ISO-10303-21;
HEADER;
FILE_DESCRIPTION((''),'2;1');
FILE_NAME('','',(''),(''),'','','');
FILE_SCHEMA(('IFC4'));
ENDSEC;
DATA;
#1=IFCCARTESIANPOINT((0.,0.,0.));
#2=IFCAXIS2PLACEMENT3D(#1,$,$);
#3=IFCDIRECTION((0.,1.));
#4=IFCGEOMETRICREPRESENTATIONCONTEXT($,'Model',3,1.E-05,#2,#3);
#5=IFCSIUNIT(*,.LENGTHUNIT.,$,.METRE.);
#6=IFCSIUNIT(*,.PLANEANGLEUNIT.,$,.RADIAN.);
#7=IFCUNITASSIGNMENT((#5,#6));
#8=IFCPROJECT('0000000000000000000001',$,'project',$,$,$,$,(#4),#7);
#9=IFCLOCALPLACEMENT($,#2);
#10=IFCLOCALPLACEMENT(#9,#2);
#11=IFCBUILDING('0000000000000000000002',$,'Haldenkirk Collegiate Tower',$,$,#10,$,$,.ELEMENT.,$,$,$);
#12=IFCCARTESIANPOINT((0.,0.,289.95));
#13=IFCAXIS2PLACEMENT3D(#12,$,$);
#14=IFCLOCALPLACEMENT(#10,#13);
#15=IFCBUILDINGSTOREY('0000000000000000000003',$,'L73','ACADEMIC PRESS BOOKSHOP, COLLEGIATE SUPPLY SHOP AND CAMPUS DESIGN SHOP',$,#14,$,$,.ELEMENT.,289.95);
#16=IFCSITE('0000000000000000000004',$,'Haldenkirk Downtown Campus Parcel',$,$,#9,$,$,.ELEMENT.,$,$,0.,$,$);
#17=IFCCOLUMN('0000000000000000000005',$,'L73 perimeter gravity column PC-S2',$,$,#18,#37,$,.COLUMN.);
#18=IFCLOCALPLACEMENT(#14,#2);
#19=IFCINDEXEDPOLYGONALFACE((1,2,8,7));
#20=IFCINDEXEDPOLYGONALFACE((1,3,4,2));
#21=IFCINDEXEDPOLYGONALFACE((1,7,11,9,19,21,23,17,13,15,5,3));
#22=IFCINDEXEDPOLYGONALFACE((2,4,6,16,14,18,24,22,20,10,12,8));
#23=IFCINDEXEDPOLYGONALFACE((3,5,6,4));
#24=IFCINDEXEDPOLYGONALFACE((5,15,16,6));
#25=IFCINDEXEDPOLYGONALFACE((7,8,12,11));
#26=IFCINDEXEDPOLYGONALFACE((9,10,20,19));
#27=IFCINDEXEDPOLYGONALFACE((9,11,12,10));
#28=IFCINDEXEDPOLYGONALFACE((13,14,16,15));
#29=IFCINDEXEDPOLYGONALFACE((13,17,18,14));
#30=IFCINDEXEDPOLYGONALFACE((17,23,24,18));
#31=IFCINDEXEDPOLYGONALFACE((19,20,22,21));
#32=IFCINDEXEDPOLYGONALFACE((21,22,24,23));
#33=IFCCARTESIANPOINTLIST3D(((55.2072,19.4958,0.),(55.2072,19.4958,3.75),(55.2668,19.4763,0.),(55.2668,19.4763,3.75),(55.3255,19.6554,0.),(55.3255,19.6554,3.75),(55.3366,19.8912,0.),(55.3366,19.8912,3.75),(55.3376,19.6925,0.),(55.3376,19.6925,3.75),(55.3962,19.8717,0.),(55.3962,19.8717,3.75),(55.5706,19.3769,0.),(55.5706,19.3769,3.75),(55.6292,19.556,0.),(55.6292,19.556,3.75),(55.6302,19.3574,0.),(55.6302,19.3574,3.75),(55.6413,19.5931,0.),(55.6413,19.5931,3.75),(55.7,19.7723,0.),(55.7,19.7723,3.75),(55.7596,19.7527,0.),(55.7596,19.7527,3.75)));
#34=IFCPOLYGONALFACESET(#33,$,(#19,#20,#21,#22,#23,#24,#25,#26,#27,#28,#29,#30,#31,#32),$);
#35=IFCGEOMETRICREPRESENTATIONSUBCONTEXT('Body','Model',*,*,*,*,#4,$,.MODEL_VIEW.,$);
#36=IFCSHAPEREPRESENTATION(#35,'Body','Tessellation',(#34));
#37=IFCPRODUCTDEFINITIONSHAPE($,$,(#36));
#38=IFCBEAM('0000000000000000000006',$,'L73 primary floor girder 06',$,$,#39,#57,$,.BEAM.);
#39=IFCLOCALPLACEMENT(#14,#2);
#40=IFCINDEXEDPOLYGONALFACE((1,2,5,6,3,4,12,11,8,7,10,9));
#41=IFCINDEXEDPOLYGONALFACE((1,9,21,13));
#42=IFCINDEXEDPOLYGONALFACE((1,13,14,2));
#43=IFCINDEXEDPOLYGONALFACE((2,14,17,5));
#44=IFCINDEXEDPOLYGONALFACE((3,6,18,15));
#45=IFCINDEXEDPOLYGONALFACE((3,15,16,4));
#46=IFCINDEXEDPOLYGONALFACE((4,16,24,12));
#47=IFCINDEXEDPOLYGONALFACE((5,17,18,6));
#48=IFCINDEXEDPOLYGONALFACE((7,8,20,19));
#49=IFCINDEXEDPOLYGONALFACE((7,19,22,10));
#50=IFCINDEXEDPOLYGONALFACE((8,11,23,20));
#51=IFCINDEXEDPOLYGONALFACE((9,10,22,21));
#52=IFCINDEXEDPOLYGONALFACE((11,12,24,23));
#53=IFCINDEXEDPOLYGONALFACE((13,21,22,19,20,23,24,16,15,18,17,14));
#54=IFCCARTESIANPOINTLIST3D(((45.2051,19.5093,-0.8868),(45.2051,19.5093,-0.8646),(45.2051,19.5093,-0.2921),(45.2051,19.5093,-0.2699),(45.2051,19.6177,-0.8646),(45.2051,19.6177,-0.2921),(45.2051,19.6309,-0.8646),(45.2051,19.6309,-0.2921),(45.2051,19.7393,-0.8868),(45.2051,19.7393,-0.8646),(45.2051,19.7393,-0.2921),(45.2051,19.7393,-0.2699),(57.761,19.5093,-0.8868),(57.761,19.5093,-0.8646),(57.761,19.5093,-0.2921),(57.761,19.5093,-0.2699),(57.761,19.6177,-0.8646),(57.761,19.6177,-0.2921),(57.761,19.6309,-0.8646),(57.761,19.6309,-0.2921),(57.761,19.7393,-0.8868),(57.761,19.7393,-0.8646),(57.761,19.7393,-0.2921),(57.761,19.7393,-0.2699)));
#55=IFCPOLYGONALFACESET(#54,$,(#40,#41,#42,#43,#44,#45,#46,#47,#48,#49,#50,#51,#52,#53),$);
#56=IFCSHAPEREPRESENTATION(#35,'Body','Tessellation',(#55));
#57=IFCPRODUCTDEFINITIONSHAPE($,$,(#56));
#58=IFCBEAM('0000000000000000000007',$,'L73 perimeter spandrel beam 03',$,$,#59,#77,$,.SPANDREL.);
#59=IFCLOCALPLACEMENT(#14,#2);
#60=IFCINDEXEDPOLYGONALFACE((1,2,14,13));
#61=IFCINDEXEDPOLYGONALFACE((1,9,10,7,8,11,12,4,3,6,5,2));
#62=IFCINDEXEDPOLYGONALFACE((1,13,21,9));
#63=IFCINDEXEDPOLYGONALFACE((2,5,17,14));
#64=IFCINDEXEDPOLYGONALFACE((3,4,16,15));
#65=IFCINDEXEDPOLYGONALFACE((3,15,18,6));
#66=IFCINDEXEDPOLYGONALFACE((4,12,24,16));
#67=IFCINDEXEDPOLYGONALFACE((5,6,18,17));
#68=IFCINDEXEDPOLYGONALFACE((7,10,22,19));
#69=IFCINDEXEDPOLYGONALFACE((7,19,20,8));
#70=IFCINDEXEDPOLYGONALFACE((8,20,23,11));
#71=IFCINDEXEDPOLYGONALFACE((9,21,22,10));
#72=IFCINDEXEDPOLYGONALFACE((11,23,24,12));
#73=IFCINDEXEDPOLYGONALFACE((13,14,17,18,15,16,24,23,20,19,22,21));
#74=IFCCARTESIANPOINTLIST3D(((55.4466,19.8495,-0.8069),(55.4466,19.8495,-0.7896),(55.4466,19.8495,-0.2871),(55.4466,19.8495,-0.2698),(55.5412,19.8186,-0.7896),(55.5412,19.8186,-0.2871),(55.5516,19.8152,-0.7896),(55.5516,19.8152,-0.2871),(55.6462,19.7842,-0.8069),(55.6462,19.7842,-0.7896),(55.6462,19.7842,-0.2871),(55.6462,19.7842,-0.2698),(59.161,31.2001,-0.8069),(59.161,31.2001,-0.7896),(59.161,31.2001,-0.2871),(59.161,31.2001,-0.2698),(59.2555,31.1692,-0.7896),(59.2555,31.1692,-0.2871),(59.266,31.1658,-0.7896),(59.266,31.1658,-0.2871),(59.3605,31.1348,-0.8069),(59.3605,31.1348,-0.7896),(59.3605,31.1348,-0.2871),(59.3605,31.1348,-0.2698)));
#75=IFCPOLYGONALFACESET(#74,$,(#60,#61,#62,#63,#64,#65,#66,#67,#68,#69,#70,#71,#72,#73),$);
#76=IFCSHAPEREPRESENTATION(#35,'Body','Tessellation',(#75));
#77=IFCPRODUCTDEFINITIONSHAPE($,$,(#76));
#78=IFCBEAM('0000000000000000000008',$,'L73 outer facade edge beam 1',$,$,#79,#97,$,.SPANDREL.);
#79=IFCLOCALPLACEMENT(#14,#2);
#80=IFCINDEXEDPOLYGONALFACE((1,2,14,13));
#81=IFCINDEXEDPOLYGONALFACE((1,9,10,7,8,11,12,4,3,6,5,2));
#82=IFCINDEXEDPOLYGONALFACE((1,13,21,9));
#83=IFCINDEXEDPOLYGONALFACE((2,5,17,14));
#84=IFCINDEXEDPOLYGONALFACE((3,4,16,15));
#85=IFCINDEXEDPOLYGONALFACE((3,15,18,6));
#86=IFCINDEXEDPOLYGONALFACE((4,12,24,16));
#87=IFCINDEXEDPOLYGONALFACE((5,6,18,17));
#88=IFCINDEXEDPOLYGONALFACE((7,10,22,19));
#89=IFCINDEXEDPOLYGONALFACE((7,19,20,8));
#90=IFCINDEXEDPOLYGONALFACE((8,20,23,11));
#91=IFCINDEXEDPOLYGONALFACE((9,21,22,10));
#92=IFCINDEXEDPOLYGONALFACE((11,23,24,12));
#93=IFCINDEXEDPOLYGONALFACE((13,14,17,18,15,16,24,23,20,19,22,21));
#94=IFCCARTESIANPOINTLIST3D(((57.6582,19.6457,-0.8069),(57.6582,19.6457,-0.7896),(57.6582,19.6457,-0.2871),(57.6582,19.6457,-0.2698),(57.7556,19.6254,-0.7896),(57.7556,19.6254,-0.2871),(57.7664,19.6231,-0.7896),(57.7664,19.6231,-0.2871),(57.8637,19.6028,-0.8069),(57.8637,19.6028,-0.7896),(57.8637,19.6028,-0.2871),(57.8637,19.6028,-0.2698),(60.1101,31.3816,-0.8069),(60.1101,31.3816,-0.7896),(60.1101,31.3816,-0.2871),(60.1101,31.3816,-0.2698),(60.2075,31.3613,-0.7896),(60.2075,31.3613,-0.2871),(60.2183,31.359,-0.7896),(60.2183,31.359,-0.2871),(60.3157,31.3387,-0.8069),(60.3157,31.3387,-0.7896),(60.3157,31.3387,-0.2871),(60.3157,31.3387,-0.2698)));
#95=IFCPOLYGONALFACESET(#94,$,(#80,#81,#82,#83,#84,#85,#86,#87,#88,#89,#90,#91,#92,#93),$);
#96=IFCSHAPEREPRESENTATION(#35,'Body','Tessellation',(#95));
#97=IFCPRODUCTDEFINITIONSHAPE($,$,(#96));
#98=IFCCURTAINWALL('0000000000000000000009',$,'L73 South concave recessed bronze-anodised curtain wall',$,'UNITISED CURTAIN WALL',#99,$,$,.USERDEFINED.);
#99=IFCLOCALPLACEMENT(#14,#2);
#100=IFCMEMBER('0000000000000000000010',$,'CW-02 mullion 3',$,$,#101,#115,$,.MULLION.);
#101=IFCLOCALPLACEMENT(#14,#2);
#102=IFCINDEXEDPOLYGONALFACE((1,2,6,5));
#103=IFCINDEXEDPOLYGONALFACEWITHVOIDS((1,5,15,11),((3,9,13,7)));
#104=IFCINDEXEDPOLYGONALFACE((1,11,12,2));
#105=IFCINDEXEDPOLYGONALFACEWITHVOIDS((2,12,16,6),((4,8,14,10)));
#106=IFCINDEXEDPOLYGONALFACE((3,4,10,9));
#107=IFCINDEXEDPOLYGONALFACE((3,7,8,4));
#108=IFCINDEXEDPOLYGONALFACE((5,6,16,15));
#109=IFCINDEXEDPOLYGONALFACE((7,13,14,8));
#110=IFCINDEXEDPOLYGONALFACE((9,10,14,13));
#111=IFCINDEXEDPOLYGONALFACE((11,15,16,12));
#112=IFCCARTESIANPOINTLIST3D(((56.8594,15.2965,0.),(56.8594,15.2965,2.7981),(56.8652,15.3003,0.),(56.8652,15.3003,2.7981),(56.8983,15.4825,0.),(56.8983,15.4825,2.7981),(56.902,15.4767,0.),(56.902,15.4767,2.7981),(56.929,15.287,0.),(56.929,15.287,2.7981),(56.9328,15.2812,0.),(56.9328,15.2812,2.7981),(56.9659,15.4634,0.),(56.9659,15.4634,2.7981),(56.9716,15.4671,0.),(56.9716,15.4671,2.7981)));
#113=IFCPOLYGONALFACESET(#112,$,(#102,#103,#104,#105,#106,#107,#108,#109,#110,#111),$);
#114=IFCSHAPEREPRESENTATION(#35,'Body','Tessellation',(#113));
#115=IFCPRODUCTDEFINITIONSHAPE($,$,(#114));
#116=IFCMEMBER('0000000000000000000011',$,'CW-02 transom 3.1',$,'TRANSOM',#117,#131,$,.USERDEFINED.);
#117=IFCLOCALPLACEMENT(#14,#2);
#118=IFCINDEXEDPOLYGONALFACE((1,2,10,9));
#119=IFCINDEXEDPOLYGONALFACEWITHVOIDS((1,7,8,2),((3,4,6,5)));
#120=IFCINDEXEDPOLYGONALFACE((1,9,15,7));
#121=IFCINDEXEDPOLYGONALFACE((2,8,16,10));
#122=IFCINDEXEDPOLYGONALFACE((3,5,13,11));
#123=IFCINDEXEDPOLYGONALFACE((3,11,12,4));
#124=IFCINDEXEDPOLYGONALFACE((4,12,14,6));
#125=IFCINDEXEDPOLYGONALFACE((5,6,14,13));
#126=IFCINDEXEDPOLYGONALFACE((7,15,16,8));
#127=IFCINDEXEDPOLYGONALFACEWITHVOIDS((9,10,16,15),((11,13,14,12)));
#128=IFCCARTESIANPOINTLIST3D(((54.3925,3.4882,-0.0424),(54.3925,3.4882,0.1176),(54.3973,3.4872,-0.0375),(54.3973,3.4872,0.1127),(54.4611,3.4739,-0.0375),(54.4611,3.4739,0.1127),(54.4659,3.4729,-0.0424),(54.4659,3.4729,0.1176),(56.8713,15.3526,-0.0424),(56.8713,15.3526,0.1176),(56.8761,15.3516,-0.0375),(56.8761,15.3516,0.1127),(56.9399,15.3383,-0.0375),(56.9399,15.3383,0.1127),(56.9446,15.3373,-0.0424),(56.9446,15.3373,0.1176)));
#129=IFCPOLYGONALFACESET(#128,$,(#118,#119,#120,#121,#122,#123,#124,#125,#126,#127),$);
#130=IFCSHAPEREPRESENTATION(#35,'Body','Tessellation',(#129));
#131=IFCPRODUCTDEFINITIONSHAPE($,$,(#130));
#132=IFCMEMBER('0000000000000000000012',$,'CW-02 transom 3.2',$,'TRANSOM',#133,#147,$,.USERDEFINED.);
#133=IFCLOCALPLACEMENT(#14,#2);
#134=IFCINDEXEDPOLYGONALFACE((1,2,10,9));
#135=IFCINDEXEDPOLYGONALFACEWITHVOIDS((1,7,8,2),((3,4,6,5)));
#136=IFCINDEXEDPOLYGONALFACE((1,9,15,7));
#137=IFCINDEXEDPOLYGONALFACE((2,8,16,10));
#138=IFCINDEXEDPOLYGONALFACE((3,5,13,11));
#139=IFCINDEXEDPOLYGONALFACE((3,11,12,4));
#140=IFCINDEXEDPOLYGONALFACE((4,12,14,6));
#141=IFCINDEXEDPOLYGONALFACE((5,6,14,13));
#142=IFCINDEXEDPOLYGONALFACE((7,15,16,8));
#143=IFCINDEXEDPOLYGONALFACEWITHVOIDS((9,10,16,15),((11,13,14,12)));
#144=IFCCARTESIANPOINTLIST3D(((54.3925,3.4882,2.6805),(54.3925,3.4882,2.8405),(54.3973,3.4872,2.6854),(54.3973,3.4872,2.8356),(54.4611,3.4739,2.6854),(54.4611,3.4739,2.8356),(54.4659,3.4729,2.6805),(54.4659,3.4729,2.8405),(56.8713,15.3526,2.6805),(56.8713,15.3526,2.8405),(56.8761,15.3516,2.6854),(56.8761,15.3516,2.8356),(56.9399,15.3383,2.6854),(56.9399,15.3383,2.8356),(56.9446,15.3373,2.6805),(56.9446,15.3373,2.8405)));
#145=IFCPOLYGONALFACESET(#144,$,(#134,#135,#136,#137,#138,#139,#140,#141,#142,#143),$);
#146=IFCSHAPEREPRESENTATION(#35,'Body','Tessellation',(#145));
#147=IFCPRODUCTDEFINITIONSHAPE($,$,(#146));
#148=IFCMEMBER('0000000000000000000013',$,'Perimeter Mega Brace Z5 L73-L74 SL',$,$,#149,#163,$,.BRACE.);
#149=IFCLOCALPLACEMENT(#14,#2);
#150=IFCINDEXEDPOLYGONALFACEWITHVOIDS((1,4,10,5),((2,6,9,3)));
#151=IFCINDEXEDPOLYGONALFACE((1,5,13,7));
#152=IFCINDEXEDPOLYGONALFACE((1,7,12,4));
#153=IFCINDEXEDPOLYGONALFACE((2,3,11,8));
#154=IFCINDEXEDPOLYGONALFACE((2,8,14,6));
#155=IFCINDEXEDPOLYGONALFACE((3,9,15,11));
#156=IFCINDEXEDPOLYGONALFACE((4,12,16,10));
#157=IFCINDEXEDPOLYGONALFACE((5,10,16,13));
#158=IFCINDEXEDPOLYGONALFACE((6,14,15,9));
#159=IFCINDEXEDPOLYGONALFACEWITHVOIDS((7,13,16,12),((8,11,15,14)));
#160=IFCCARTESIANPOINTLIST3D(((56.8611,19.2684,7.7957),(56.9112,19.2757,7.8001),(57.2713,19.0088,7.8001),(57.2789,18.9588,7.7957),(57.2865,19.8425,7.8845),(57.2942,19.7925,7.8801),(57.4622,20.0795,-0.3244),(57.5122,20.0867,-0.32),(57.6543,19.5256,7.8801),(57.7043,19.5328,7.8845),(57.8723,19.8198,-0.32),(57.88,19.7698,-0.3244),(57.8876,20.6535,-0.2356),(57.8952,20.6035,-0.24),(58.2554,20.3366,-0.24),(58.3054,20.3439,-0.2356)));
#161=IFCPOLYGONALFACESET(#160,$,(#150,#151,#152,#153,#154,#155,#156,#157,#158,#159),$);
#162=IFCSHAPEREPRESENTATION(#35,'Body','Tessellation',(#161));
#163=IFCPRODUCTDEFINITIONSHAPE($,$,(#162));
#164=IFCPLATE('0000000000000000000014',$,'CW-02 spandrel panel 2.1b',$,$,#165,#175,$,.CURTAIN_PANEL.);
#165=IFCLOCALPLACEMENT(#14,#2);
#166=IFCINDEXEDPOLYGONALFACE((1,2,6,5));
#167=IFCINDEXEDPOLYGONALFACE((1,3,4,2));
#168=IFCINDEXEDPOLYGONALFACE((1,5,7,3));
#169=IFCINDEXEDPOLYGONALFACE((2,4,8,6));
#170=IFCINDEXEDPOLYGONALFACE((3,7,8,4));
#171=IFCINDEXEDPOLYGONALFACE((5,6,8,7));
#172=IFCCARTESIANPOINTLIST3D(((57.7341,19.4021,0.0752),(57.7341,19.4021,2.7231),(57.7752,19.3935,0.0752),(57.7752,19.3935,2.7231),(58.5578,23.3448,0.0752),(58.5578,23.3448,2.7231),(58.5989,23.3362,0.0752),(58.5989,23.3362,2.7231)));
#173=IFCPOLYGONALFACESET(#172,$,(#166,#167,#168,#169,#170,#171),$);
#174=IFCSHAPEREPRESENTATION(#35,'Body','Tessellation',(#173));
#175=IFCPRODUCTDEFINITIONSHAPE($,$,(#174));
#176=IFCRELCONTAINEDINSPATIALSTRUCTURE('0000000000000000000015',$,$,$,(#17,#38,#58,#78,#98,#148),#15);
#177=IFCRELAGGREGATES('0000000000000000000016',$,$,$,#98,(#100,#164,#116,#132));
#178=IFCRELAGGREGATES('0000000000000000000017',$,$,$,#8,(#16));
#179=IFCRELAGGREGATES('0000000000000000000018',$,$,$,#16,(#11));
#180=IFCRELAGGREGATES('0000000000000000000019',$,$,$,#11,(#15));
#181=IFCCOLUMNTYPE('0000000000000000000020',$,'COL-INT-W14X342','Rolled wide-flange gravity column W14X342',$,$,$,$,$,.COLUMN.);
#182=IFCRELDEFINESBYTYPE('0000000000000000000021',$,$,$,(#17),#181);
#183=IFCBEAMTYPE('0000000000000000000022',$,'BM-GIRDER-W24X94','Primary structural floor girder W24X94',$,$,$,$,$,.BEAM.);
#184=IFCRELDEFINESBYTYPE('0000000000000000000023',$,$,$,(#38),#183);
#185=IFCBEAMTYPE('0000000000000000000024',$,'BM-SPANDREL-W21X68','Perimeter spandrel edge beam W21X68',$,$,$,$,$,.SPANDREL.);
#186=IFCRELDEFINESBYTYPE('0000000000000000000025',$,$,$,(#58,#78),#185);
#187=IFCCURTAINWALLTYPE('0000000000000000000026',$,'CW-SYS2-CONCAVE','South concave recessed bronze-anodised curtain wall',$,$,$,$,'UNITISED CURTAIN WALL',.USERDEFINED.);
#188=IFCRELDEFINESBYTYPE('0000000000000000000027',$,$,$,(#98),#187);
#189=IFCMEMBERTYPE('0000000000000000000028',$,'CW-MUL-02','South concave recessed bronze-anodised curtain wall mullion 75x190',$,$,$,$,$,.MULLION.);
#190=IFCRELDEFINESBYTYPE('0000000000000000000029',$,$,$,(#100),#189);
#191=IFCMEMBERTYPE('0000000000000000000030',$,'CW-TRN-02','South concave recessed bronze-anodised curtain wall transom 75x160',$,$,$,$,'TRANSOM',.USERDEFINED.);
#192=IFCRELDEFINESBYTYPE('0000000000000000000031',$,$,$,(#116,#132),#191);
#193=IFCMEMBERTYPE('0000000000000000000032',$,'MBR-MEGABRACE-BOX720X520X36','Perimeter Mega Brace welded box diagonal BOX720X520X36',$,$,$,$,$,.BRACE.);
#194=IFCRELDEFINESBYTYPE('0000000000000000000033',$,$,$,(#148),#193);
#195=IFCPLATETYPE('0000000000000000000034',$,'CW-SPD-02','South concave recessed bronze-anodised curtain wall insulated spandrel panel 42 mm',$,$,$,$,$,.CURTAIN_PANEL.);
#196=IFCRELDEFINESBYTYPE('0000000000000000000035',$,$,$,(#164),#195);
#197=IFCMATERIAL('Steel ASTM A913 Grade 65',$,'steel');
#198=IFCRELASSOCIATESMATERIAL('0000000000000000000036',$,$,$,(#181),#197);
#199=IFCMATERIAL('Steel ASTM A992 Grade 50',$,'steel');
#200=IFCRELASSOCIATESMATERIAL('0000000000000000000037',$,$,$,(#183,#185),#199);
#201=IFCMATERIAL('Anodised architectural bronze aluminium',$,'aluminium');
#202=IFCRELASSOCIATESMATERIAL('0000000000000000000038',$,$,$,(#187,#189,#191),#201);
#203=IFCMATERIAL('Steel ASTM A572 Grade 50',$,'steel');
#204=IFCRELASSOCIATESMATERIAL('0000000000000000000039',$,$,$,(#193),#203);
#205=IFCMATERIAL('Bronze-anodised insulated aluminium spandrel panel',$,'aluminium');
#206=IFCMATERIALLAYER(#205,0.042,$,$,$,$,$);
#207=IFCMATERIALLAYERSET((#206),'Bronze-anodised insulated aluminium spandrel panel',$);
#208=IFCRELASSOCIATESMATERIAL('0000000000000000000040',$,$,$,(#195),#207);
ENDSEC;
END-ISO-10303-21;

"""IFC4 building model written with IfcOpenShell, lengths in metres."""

from ifc_helpers import new_model, si_unit, direction, frame, origin, origin_2d, place, context, subcontext, project, spatial, rectangle, hollow_rectangle, i_section, extrude, source, transform, mapped, material, layer, layer_set, material_profile, profile_set, type_object, element, aggregate, save


model = new_model("IFC4")

# Units and contexts
model_context = context("Model", 3, precision=1e-05, world=origin(), true_north=direction((0.0, 1.0)))
body_context = subcontext(model_context, "Body", "Model", "MODEL_VIEW")
ifc_project = project(units=[si_unit("LENGTHUNIT", "METRE"), si_unit("PLANEANGLEUNIT", "RADIAN")], contexts=[model_context])

# Site, building, storey
site_placement = place(None, origin())
site = spatial("IfcSite", under=ifc_project, at=site_placement, Name="Haldenkirk Downtown Campus Parcel", CompositionType="ELEMENT", RefElevation=0.0)
building_placement = place(site_placement, origin())
building = spatial("IfcBuilding", under=site, at=building_placement, Name="Haldenkirk Collegiate Tower", CompositionType="ELEMENT")
storey_placement = place(building_placement, frame((0.0, 0.0, 289.95)))
storey = spatial("IfcBuildingStorey", under=building, at=storey_placement, Name="L73", Description="ACADEMIC PRESS BOOKSHOP, COLLEGIATE SUPPLY SHOP AND CAMPUS DESIGN SHOP", CompositionType="ELEMENT", Elevation=289.95)

# Column
ifc_material_1 = material(Name="Steel ASTM A913 Grade 65", Category="steel")
ifc_material_profile_1 = material_profile(ifc_material_1, i_section(OverallWidth=0.416, OverallDepth=0.4451, WebThickness=0.0391, FlangeThickness=0.0627, at=origin_2d()), Name="W14X342")
ifc_profile_set_1 = profile_set([ifc_material_profile_1], Name="Steel ASTM A913 Grade 65")
column_type = type_object("IfcColumnType", Name="COL-INT-W14X342", Description="Rolled wide-flange gravity column W14X342", PredefinedType="COLUMN", material=ifc_profile_set_1)
column_placement = place(storey_placement, frame((55.4834, 19.6243, 0.0), z_axis=(0.0, 0.0, 1.0), x_axis=(0.311008, 0.950407, 0.0)))
element("IfcColumn", 1, at=column_placement, inside=storey, type_object=column_type, Name="L73 perimeter gravity column PC-S2", PredefinedType="COLUMN", context=body_context, shape_type="SweptSolid", body=[
    extrude(i_section(OverallWidth=0.416, OverallDepth=0.4451, WebThickness=0.0391, FlangeThickness=0.0627, at=origin_2d()), origin(), (0.0, 0.0, 1.0), 3.75),
])

# Beams
ifc_material_2 = material(Name="Steel ASTM A992 Grade 50", Category="steel")
ifc_material_profile_2 = material_profile(ifc_material_2, i_section(OverallWidth=0.23, OverallDepth=0.6169, WebThickness=0.0132, FlangeThickness=0.0222, at=origin_2d()), Name="W24X94")
ifc_profile_set_2 = profile_set([ifc_material_profile_2], Name="Steel ASTM A992 Grade 50")
beam_type_1 = type_object("IfcBeamType", Name="BM-GIRDER-W24X94", Description="Primary structural floor girder W24X94", PredefinedType="BEAM", material=ifc_profile_set_2)
beam_1_placement = place(storey_placement, frame((57.761, 19.6243, -0.5784), z_axis=(-1.0, 0.0, 0.0), x_axis=(0.0, -1.0, 0.0)))
element("IfcBeam", 2, at=beam_1_placement, inside=storey, type_object=beam_type_1, Name="L73 primary floor girder 06", PredefinedType="BEAM", context=body_context, shape_type="SweptSolid", body=[
    extrude(i_section(OverallWidth=0.23, OverallDepth=0.6169, WebThickness=0.0132, FlangeThickness=0.0222, at=origin_2d()), origin(), (0.0, 0.0, 1.0), 12.5559),
])
ifc_material_profile_3 = material_profile(ifc_material_2, i_section(OverallWidth=0.21, OverallDepth=0.5371, WebThickness=0.011, FlangeThickness=0.0173, at=origin_2d()), Name="W21X68")
ifc_profile_set_3 = profile_set([ifc_material_profile_3], Name="Steel ASTM A992 Grade 50")
beam_type_2 = type_object("IfcBeamType", Name="BM-SPANDREL-W21X68", Description="Perimeter spandrel edge beam W21X68", PredefinedType="SPANDREL", material=ifc_profile_set_3)
beam_2_placement = place(storey_placement, frame((55.5464, 19.8169, -0.5383), z_axis=(0.31101, 0.950407, 0.0), x_axis=(-0.950407, 0.31101, 0.0)))
element("IfcBeam", 3, at=beam_2_placement, inside=storey, type_object=beam_type_2, Name="L73 perimeter spandrel beam 03", PredefinedType="SPANDREL", context=body_context, shape_type="SweptSolid", body=[
    extrude(i_section(OverallWidth=0.21, OverallDepth=0.5371, WebThickness=0.011, FlangeThickness=0.0173, at=origin_2d()), origin(), (0.0, 0.0, 1.0), 11.9429),
])
beam_3_placement = place(storey_placement, frame((57.761, 19.6243, -0.5383), z_axis=(0.204509, 0.978865, 0.0), x_axis=(-0.978865, 0.204509, 0.0)))
element("IfcBeam", 4, at=beam_3_placement, inside=storey, type_object=beam_type_2, Name="L73 outer facade edge beam 1", PredefinedType="SPANDREL", context=body_context, shape_type="SweptSolid", body=[
    extrude(i_section(OverallWidth=0.21, OverallDepth=0.5371, WebThickness=0.011, FlangeThickness=0.0173, at=origin_2d()), origin(), (0.0, 0.0, 1.0), 11.9893),
])

# Curtain wall, members
ifc_material_3 = material(Name="Anodised architectural bronze aluminium", Category="aluminium")
curtain_wall_type = type_object("IfcCurtainWallType", Name="CW-SYS2-CONCAVE", Description="South concave recessed bronze-anodised curtain wall", ElementType="UNITISED CURTAIN WALL", PredefinedType="USERDEFINED", material=ifc_material_3)
curtain_wall_placement = place(storey_placement, origin())
curtain_wall = element("IfcCurtainWall", 5, at=curtain_wall_placement, inside=storey, type_object=curtain_wall_type, Name="L73 South concave recessed bronze-anodised curtain wall", ObjectType="UNITISED CURTAIN WALL", PredefinedType="USERDEFINED")
ifc_material_profile_4 = material_profile(ifc_material_3, hollow_rectangle(XDim=0.075, YDim=0.1899, WallThickness=0.0049, at=origin_2d()), Name="CW-MUL-02")
ifc_profile_set_4 = profile_set([ifc_material_profile_4], Name="Anodised architectural bronze aluminium")
member_type_1 = type_object("IfcMemberType", Name="CW-MUL-02", Description="South concave recessed bronze-anodised curtain wall mullion 75x190", PredefinedType="MULLION", material=ifc_profile_set_4)
member_1_placement = place(storey_placement, frame((56.9155, 15.3818, 0.0), z_axis=(0.0, 0.0, 1.0), x_axis=(0.978867, -0.204499, 0.0)))
member_1 = element("IfcMember", 6, at=member_1_placement, type_object=member_type_1, Name="CW-02 mullion 3", PredefinedType="MULLION", context=body_context, shape_type="SweptSolid", body=[
    extrude(hollow_rectangle(XDim=0.075, YDim=0.1899, WallThickness=0.0049, at=origin_2d()), origin(), (0.0, 0.0, 1.0), 2.7981),
])
ifc_material_profile_5 = material_profile(ifc_material_3, hollow_rectangle(XDim=0.075, YDim=0.1599, WallThickness=0.0049, at=origin_2d()), Name="CW-TRN-02")
ifc_profile_set_5 = profile_set([ifc_material_profile_5], Name="Anodised architectural bronze aluminium")
member_type_2 = type_object("IfcMemberType", Name="CW-TRN-02", Description="South concave recessed bronze-anodised curtain wall transom 75x160", ElementType="TRANSOM", PredefinedType="USERDEFINED", material=ifc_profile_set_5)
member_2_placement = place(storey_placement, frame((56.908, 15.345, 0.0376), z_axis=(-0.204507, -0.978865, 0.0), x_axis=(0.978865, -0.204507, 0.0)))
member_2 = element("IfcMember", 7, at=member_2_placement, type_object=member_type_2, Name="CW-02 transom 3.1", ObjectType="TRANSOM", PredefinedType="USERDEFINED", context=body_context, shape_type="SweptSolid", body=[
    extrude(hollow_rectangle(XDim=0.075, YDim=0.1599, WallThickness=0.0049, at=origin_2d()), origin(), (0.0, 0.0, 1.0), 12.1206),
])
member_3_placement = place(storey_placement, frame((56.908, 15.345, 2.7605), z_axis=(-0.204507, -0.978865, 0.0), x_axis=(0.978865, -0.204507, 0.0)))
member_3 = element("IfcMember", 8, at=member_3_placement, type_object=member_type_2, Name="CW-02 transom 3.2", ObjectType="TRANSOM", PredefinedType="USERDEFINED", context=body_context, shape_type="SweptSolid", body=[
    extrude(hollow_rectangle(XDim=0.075, YDim=0.1599, WallThickness=0.0049, at=origin_2d()), origin(), (0.0, 0.0, 1.0), 12.1206),
])

# Member
ifc_material_4 = material(Name="Steel ASTM A572 Grade 50", Category="steel")
ifc_material_profile_6 = material_profile(ifc_material_4, hollow_rectangle(XDim=0.52, YDim=0.72, WallThickness=0.0359, at=origin_2d()), Name="BOX720X520X36")
ifc_profile_set_6 = profile_set([ifc_material_profile_6], Name="Steel ASTM A572 Grade 50")
member_type_3 = type_object("IfcMemberType", Name="MBR-MEGABRACE-BOX720X520X36", Description="Perimeter Mega Brace welded box diagonal BOX720X520X36", PredefinedType="BRACE", material=ifc_profile_set_6)
member_4_placement = place(storey_placement, frame((57.8838, 20.2117, -0.28), z_axis=(-0.073457, -0.099117, 0.992361), x_axis=(0.803412, -0.595424, 0.0)))
element("IfcMember", 9, at=member_4_placement, inside=storey, type_object=member_type_3, Name="Perimeter Mega Brace Z5 L73-L74 SL", PredefinedType="BRACE", context=body_context, shape_type="SweptSolid", body=[
    extrude(hollow_rectangle(XDim=0.52, YDim=0.72, WallThickness=0.0359, at=origin_2d()), origin(), (0.0, 0.0, 1.0), 8.1826),
])

# Plate
ifc_material_5 = material(Name="Bronze-anodised insulated aluminium spandrel panel", Category="aluminium")
ifc_layer_1 = layer(ifc_material_5, 0.042)
ifc_layer_set_1 = layer_set([ifc_layer_1], Name="Bronze-anodised insulated aluminium spandrel panel")
plate_type = type_object("IfcPlateType", Name="CW-SPD-02", Description="South concave recessed bronze-anodised curtain wall insulated spandrel panel 42 mm", PredefinedType="CURTAIN_PANEL", material=ifc_layer_set_1)
shared_shape_1 = source(origin(), body_context, "Body", "SweptSolid", [
    extrude(rectangle(XDim=4.0278, YDim=0.042, at=origin_2d()), origin(), (0.0, 0.0, 1.0), 2.6479),
])
plate_1_placement = place(storey_placement, frame((58.1665, 21.3691, 0.0752), z_axis=(0.0, 0.0, 1.0), x_axis=(-0.204499, -0.978867, 0.0)))
plate_1 = element("IfcPlate", 10, at=plate_1_placement, type_object=plate_type, Name="CW-02 spandrel panel 2.1b", PredefinedType="CURTAIN_PANEL", context=body_context, shape_type="MappedRepresentation", body=[
    mapped(shared_shape_1, transform((0.0, 0.0, 0.0), x_axis=(1.0, 0.0, 0.0), y_axis=(0.0, 1.0, 0.0), z_axis=(0.0, 0.0, 1.0), scale=1.0)),
])
aggregate(curtain_wall, [member_1, plate_1, member_2, member_3])

save(model, "model.ifc")
